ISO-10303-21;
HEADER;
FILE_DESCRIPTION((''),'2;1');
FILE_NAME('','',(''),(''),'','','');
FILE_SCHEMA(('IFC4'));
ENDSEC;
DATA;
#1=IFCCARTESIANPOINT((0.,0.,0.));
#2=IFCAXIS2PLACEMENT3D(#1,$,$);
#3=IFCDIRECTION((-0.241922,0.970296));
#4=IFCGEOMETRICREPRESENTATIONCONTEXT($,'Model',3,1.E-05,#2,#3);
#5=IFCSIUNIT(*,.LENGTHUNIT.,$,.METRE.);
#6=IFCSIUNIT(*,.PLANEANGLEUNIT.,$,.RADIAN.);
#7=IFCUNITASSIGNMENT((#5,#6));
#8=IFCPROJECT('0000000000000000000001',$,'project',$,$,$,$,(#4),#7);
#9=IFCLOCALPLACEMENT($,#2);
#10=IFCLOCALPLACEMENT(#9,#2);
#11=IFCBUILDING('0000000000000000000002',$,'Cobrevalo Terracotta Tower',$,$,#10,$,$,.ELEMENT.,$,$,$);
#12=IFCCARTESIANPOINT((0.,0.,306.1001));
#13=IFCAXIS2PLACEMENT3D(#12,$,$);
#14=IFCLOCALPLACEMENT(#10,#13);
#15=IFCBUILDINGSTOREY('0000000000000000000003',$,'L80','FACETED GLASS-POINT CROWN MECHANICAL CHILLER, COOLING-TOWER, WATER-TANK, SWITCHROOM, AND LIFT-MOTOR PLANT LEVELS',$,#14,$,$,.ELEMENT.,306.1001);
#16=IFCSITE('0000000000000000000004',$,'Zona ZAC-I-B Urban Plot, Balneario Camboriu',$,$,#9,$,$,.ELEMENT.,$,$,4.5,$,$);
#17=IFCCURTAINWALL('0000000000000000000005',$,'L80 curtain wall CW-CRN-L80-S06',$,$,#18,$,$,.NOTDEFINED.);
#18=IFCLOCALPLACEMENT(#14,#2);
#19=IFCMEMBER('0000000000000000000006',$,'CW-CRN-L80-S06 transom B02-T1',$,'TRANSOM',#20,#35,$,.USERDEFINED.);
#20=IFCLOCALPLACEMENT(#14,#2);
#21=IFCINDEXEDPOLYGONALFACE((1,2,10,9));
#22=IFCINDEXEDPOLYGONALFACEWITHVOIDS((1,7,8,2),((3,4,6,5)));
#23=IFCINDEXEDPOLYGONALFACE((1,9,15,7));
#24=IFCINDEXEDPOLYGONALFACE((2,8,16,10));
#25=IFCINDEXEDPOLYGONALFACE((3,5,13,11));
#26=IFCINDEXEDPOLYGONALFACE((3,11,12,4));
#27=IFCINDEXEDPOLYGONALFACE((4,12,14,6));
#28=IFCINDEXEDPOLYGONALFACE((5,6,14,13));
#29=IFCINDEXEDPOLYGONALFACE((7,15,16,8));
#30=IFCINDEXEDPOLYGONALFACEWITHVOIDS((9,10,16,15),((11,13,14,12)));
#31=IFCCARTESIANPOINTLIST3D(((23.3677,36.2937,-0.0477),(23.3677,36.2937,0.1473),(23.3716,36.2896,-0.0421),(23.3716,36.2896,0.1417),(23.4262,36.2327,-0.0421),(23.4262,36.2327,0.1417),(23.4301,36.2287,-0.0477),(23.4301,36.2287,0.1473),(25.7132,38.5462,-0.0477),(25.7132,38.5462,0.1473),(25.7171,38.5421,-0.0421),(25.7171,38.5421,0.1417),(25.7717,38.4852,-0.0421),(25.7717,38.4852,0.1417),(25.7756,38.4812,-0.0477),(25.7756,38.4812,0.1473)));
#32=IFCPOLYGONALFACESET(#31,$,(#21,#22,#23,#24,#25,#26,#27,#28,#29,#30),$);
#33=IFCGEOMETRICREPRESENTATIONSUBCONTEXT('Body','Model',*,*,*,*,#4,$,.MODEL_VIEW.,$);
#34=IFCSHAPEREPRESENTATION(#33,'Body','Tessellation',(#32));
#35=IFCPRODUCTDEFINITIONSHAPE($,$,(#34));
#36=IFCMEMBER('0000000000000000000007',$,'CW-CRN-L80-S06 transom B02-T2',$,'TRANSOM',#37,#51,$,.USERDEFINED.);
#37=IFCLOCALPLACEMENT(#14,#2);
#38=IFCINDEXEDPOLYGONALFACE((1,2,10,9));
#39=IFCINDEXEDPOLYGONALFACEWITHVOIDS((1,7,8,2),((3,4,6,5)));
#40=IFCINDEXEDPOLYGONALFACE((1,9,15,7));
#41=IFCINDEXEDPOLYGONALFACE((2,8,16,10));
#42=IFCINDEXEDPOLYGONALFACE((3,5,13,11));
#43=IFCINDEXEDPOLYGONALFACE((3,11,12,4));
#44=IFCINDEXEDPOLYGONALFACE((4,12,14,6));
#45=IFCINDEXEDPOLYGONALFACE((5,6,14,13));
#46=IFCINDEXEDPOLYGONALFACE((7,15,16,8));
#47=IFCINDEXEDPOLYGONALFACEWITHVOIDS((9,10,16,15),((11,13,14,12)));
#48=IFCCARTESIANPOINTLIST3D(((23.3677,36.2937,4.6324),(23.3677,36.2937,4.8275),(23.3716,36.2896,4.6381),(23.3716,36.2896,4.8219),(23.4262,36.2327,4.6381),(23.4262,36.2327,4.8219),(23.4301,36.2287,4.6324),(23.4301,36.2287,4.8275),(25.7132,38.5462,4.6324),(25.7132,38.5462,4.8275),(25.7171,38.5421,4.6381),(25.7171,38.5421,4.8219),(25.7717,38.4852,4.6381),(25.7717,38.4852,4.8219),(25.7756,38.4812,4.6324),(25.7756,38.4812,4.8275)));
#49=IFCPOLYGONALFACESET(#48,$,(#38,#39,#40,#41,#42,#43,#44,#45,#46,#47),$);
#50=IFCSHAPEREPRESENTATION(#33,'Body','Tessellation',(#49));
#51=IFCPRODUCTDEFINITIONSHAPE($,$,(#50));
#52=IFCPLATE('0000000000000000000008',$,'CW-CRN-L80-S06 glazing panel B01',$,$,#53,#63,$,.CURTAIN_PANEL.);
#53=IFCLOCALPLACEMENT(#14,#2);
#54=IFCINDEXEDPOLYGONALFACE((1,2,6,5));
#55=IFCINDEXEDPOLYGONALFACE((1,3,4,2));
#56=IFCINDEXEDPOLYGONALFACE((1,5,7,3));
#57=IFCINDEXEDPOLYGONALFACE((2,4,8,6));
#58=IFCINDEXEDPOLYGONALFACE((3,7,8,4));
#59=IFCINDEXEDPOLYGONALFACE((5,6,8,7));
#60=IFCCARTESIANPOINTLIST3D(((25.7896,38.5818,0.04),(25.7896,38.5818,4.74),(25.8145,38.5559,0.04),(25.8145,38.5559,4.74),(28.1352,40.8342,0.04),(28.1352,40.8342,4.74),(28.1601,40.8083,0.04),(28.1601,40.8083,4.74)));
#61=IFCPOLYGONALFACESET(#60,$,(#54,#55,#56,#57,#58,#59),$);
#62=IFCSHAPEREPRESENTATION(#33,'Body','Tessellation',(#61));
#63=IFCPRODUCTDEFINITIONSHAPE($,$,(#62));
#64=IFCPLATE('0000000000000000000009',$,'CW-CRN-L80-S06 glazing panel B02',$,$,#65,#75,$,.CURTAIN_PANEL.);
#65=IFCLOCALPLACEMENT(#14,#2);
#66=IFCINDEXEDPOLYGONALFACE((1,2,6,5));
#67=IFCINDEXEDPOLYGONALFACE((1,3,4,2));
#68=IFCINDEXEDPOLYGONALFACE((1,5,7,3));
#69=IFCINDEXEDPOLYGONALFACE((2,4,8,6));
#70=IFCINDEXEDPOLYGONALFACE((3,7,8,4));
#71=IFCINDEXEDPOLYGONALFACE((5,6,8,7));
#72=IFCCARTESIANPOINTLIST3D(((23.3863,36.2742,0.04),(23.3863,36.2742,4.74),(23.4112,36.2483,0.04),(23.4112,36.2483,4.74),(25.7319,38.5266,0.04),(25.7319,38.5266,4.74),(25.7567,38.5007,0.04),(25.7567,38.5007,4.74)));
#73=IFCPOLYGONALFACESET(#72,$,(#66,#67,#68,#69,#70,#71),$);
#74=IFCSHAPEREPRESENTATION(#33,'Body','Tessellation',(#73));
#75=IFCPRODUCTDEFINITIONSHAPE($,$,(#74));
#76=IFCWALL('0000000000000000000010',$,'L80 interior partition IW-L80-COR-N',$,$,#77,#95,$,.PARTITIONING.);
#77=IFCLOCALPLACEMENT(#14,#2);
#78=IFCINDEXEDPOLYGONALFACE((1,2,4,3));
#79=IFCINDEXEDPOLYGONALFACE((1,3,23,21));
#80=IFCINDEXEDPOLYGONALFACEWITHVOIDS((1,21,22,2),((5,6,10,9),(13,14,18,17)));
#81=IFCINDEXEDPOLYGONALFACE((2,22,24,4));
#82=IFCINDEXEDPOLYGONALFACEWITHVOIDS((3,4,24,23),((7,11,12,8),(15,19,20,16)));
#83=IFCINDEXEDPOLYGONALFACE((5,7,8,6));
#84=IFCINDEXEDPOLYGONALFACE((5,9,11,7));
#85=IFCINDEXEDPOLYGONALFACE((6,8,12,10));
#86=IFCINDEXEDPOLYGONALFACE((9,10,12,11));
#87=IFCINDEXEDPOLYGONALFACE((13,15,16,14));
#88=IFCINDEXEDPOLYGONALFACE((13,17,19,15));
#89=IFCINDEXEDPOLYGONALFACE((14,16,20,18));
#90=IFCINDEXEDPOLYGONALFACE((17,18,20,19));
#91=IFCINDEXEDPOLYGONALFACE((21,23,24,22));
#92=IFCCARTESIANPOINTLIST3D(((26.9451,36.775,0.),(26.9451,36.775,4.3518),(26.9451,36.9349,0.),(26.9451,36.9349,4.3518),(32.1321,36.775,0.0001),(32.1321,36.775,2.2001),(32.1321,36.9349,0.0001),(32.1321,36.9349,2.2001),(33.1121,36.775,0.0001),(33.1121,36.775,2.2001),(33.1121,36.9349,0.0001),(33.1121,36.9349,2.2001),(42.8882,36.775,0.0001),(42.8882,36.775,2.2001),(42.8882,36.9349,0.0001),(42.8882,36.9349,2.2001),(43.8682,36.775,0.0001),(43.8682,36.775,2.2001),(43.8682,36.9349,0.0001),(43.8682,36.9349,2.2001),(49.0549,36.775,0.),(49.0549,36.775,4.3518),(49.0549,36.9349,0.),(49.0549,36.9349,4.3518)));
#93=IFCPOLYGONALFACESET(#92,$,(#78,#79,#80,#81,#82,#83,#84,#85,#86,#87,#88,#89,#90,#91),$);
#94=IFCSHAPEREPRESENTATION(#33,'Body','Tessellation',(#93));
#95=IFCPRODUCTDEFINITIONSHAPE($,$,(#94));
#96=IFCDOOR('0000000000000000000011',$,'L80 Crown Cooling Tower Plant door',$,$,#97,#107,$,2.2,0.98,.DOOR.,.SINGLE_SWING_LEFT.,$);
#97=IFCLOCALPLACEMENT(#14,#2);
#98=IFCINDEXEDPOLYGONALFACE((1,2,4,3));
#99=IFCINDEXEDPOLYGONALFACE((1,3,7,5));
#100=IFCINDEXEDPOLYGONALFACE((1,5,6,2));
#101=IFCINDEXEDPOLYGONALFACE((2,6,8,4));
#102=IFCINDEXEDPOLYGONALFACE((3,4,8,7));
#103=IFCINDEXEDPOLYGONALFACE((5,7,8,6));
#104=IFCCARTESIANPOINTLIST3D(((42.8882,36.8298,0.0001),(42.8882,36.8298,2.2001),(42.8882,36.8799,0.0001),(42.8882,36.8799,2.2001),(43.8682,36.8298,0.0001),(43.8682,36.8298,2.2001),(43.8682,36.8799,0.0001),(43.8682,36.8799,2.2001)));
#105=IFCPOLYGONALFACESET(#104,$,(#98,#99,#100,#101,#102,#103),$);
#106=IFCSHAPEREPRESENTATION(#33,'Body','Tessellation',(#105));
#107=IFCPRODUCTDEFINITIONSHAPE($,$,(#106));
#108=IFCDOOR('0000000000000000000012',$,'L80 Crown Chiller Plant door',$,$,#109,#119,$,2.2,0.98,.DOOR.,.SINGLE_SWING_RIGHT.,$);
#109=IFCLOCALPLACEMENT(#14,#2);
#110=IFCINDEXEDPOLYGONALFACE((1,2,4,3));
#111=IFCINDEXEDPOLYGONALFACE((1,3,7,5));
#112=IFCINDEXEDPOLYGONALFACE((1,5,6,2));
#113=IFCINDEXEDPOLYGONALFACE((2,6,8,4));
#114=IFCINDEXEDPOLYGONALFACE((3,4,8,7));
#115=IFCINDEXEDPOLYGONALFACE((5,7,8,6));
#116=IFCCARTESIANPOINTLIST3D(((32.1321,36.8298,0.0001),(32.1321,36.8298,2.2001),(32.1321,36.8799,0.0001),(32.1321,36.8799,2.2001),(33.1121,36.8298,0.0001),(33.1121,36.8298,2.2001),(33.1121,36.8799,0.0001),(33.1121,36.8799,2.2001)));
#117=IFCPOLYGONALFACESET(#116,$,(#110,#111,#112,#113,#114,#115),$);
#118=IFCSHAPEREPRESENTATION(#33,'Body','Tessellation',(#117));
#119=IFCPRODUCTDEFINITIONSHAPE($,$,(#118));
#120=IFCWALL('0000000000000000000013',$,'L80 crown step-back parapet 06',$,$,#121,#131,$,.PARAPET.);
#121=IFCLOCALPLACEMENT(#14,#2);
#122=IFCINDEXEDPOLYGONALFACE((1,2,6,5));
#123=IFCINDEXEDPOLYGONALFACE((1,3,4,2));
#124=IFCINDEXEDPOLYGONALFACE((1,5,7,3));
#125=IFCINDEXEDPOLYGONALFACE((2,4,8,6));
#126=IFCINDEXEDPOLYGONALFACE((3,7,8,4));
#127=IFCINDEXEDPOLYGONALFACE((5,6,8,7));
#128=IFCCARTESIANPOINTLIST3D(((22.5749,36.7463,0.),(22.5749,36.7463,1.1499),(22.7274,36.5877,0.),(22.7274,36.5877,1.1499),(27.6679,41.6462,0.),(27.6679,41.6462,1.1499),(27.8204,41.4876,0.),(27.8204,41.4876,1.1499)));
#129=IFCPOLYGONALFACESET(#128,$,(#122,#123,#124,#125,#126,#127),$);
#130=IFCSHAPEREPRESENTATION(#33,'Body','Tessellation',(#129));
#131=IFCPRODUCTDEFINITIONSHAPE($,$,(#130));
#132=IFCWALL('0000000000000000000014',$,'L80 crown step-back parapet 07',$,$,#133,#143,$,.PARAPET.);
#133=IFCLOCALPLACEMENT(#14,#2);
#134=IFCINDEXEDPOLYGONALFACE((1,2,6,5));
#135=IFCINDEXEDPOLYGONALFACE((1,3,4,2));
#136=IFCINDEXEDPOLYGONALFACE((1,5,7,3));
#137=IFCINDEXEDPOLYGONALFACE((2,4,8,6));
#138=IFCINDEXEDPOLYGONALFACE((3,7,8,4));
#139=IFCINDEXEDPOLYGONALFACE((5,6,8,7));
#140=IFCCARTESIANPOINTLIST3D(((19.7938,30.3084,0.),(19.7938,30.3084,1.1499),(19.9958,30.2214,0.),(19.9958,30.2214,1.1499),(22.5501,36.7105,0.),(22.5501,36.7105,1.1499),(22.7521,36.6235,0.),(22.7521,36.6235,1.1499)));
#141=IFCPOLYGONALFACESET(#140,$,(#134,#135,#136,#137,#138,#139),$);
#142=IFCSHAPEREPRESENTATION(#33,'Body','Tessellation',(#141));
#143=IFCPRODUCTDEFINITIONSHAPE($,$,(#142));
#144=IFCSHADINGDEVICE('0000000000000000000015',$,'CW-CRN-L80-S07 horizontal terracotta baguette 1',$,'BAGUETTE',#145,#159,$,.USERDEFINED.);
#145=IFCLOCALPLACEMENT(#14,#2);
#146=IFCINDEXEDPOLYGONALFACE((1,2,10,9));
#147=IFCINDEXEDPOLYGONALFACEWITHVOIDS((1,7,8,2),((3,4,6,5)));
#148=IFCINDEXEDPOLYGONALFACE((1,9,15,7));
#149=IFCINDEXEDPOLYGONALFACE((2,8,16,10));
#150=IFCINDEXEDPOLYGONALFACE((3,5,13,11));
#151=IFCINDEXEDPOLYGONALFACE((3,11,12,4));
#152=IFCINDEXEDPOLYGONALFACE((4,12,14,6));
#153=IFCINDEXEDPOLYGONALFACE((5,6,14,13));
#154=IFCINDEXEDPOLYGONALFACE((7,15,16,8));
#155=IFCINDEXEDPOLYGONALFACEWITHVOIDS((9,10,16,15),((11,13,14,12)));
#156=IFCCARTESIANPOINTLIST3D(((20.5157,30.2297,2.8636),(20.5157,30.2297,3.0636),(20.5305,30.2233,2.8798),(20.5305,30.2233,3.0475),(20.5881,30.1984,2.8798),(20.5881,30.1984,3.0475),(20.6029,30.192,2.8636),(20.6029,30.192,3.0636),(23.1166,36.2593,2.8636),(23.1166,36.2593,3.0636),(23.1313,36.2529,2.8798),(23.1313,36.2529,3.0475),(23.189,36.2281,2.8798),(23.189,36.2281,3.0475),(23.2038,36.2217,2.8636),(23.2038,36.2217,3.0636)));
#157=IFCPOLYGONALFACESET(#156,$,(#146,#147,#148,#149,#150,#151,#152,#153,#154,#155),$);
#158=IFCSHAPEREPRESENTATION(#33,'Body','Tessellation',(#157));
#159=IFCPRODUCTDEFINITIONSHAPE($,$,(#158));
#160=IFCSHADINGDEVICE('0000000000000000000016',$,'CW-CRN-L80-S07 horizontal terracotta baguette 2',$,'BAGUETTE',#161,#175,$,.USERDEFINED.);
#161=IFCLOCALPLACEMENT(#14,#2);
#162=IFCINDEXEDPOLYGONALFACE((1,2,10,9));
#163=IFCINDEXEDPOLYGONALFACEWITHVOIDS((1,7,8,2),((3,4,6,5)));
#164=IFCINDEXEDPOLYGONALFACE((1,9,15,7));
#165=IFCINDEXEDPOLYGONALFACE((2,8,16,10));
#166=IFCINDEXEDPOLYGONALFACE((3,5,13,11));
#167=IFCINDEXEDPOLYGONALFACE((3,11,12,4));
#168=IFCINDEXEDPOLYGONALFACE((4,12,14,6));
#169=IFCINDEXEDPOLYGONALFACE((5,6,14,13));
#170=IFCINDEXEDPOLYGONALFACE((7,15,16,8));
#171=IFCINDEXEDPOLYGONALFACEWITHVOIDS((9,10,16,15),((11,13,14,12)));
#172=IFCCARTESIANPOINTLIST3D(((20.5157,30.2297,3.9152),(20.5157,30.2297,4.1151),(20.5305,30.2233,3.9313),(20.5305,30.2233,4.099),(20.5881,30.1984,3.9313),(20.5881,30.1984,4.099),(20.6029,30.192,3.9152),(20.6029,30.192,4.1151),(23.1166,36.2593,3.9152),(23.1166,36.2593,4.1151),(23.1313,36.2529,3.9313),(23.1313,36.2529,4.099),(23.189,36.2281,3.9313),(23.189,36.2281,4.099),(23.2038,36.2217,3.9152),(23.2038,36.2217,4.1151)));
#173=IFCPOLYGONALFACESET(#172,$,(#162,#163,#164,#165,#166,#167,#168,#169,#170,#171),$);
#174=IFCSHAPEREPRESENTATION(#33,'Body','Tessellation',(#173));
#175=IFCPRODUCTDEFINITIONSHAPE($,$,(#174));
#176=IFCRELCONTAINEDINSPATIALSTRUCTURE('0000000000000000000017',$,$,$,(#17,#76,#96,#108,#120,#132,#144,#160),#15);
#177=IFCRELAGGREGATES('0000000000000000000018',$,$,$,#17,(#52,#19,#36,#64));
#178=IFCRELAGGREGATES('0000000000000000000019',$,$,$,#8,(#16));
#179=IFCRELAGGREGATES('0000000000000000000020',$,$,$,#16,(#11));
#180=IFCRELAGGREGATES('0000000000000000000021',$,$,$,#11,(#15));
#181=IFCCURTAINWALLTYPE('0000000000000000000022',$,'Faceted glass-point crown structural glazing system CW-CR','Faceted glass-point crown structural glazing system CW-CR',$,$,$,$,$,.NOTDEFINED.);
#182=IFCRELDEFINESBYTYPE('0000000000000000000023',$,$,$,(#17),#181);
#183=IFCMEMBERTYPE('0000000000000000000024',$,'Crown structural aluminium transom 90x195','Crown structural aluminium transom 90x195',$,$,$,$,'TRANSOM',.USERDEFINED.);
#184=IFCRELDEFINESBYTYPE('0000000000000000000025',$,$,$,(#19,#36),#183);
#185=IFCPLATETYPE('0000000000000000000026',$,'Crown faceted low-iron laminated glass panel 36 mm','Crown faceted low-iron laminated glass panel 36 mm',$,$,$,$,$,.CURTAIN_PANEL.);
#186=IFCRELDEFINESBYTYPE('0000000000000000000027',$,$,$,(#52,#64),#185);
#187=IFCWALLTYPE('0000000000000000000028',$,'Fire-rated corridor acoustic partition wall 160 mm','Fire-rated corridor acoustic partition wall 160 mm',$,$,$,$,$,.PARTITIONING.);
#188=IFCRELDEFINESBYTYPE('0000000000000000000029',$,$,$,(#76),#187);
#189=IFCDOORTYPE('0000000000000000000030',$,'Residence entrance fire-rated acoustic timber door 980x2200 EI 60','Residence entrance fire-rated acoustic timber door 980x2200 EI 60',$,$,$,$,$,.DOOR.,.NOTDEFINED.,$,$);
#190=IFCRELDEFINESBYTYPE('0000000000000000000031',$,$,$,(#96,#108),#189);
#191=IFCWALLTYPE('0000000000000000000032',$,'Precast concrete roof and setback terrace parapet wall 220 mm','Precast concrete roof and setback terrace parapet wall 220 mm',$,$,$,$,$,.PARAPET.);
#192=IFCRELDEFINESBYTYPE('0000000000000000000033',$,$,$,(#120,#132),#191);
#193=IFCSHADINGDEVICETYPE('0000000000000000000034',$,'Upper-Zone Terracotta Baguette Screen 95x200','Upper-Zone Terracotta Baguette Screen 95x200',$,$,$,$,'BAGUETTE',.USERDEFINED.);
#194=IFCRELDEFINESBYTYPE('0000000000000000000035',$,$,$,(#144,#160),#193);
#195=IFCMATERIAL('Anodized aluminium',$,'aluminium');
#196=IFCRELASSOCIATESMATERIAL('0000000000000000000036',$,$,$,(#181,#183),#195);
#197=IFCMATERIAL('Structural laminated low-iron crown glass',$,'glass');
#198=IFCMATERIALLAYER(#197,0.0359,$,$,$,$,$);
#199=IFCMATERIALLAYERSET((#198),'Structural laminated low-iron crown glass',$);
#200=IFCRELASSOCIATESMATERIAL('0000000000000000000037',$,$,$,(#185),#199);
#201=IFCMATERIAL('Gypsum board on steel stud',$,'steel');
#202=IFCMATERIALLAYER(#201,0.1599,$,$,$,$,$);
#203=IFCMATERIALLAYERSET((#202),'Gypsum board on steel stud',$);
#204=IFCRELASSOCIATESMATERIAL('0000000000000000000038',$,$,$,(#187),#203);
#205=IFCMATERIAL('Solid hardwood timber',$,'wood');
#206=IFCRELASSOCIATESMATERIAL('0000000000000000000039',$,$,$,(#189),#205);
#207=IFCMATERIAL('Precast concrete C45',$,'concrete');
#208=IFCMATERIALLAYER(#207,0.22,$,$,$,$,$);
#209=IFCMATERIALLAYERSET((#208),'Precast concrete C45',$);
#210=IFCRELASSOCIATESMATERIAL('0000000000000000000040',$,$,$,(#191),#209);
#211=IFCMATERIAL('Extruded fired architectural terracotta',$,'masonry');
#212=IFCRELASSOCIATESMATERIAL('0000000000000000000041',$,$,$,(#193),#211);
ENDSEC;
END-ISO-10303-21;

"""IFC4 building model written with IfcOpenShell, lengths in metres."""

from ifc_helpers import new_model, si_unit, direction, frame, frame_2d, origin, origin_2d, place, context, subcontext, project, spatial, rectangle, hollow_rectangle, extrude, source, transform, mapped, material, layer, layer_set, material_profile, profile_set, type_object, element, fill, aggregate, save


model = new_model("IFC4")

# Units and contexts
model_context = context("Model", 3, precision=1e-05, world=origin(), true_north=direction((-0.241922, 0.970296)))
body_context = subcontext(model_context, "Body", "Model", "MODEL_VIEW")
ifc_project = project(units=[si_unit("LENGTHUNIT", "METRE"), si_unit("PLANEANGLEUNIT", "RADIAN")], contexts=[model_context])

# Site, building, storey
site_placement = place(None, origin())
site = spatial("IfcSite", under=ifc_project, at=site_placement, Name="Zona ZAC-I-B Urban Plot, Balneario Camboriu", CompositionType="ELEMENT", RefElevation=4.5)
building_placement = place(site_placement, origin())
building = spatial("IfcBuilding", under=site, at=building_placement, Name="Cobrevalo Terracotta Tower", CompositionType="ELEMENT")
storey_placement = place(building_placement, frame((0.0, 0.0, 306.1001)))
storey = spatial("IfcBuildingStorey", under=building, at=storey_placement, Name="L80", Description="FACETED GLASS-POINT CROWN MECHANICAL CHILLER, COOLING-TOWER, WATER-TANK, SWITCHROOM, AND LIFT-MOTOR PLANT LEVELS", CompositionType="ELEMENT", Elevation=306.1001)

# Shared definitions
ifc_material_1 = material(Name="Anodized aluminium", Category="aluminium")
curtain_wall_type = type_object("IfcCurtainWallType", Name="Faceted glass-point crown structural glazing system CW-CR", Description="Faceted glass-point crown structural glazing system CW-CR", PredefinedType="NOTDEFINED", material=ifc_material_1)

# Curtain wall
curtain_wall_1_placement = place(storey_placement, origin())
curtain_wall_1 = element("IfcCurtainWall", 1, at=curtain_wall_1_placement, inside=storey, type_object=curtain_wall_type, Name="L80 curtain wall CW-CRN-L80-S06", PredefinedType="NOTDEFINED")
ifc_material_profile_1 = material_profile(ifc_material_1, hollow_rectangle(XDim=0.0901, YDim=0.1951, WallThickness=0.0056, at=origin_2d()), Name="CWT 90x195")
ifc_profile_set_1 = profile_set([ifc_material_profile_1], Name="Anodized aluminium")
member_type_1 = type_object("IfcMemberType", Name="Crown structural aluminium transom 90x195", Description="Crown structural aluminium transom 90x195", ElementType="TRANSOM", PredefinedType="USERDEFINED", material=ifc_profile_set_1)

# Members
shared_shape_1 = source(origin(), body_context, "Body", "SweptSolid", [
    extrude(hollow_rectangle(XDim=0.0901, YDim=0.1951, WallThickness=0.0056, at=origin_2d()), origin(), (0.0, 0.0, 1.0), 3.252),
])
member_1_placement = place(storey_placement, frame((25.7444, 38.5137, 0.0498), z_axis=(-0.721264, -0.69266, 0.0), x_axis=(0.69266, -0.721264, 0.0)))
member_1 = element("IfcMember", 2, at=member_1_placement, type_object=member_type_1, Name="CW-CRN-L80-S06 transom B02-T1", ObjectType="TRANSOM", PredefinedType="USERDEFINED", context=body_context, shape_type="MappedRepresentation", body=[
    mapped(shared_shape_1, transform((0.0, 0.0, 0.0), scale=1.0)),
])
member_2_placement = place(storey_placement, frame((25.7444, 38.5137, 4.73), z_axis=(-0.721264, -0.69266, 0.0), x_axis=(0.69266, -0.721264, 0.0)))
member_2 = element("IfcMember", 3, at=member_2_placement, type_object=member_type_1, Name="CW-CRN-L80-S06 transom B02-T2", ObjectType="TRANSOM", PredefinedType="USERDEFINED", context=body_context, shape_type="MappedRepresentation", body=[
    mapped(shared_shape_1, transform((0.0, 0.0, 0.0), scale=1.0)),
])

# Plates
ifc_material_2 = material(Name="Structural laminated low-iron crown glass", Category="glass")
ifc_layer_1 = layer(ifc_material_2, 0.0359)
ifc_layer_set_1 = layer_set([ifc_layer_1], Name="Structural laminated low-iron crown glass")
plate_type = type_object("IfcPlateType", Name="Crown faceted low-iron laminated glass panel 36 mm", Description="Crown faceted low-iron laminated glass panel 36 mm", PredefinedType="CURTAIN_PANEL", material=ifc_layer_set_1)
shared_shape_2 = source(origin(), body_context, "Body", "SweptSolid", [
    extrude(rectangle(XDim=3.252, YDim=0.0359, at=origin_2d()), origin(), (0.0, 0.0, 1.0), 4.7),
])
plate_1_placement = place(storey_placement, frame((26.9749, 39.6951, 0.04), z_axis=(0.0, 0.0, 1.0), x_axis=(-0.72128, -0.692643, 0.0)))
plate_1 = element("IfcPlate", 4, at=plate_1_placement, type_object=plate_type, Name="CW-CRN-L80-S06 glazing panel B01", PredefinedType="CURTAIN_PANEL", context=body_context, shape_type="MappedRepresentation", body=[
    mapped(shared_shape_2, transform((0.0, 0.0, 0.0), scale=1.0)),
])
plate_2_placement = place(storey_placement, frame((24.5715, 37.3875, 0.04), z_axis=(0.0, 0.0, 1.0), x_axis=(-0.72128, -0.692643, 0.0)))
plate_2 = element("IfcPlate", 5, at=plate_2_placement, type_object=plate_type, Name="CW-CRN-L80-S06 glazing panel B02", PredefinedType="CURTAIN_PANEL", context=body_context, shape_type="MappedRepresentation", body=[
    mapped(shared_shape_2, transform((0.0, 0.0, 0.0), scale=1.0)),
])
aggregate(curtain_wall_1, [plate_1, member_1, member_2, plate_2])

# Wall, openings, doors
ifc_material_3 = material(Name="Gypsum board on steel stud", Category="steel")
ifc_layer_2 = layer(ifc_material_3, 0.1599)
ifc_layer_set_2 = layer_set([ifc_layer_2], Name="Gypsum board on steel stud")
wall_type_1 = type_object("IfcWallType", Name="Fire-rated corridor acoustic partition wall 160 mm", Description="Fire-rated corridor acoustic partition wall 160 mm", PredefinedType="PARTITIONING", material=ifc_layer_set_2)
wall_1_placement = place(storey_placement, frame((26.9451, 36.855, 0.0), z_axis=(0.0, 0.0, 1.0), x_axis=(1.0, 0.0, 0.0)))
wall_1 = element("IfcWall", 6, at=wall_1_placement, inside=storey, type_object=wall_type_1, Name="L80 interior partition IW-L80-COR-N", PredefinedType="PARTITIONING", context=body_context, shape_type="SweptSolid", body=[
    extrude(rectangle(XDim=22.1099, YDim=0.1599, at=frame_2d((11.0549, 0.0))), origin(), (0.0, 0.0, 1.0), 4.3518),
])
opening_1_placement = place(wall_1_placement, frame((15.9431, 0.0, 0.0)))
opening_1 = element("IfcOpeningElement", 7, at=opening_1_placement, cuts=wall_1, PredefinedType="OPENING", context=body_context, shape_type="SweptSolid", body=[
    extrude(rectangle(XDim=0.98, YDim=2.2, at=frame_2d((0.49, 1.1001))), frame((0.0, 0.0898, 0.0), z_axis=(0.0, -1.0, 0.0), x_axis=(1.0, 0.0, 0.0)), (0.0, 0.0, 1.0), 0.1799),
])
opening_2_placement = place(wall_1_placement, frame((5.187, 0.0, 0.0)))
opening_2 = element("IfcOpeningElement", 8, at=opening_2_placement, cuts=wall_1, PredefinedType="OPENING", context=body_context, shape_type="SweptSolid", body=[
    extrude(rectangle(XDim=0.98, YDim=2.2, at=frame_2d((0.49, 1.1001))), frame((0.0, 0.0898, 0.0), z_axis=(0.0, -1.0, 0.0), x_axis=(1.0, 0.0, 0.0)), (0.0, 0.0, 1.0), 0.1799),
])
ifc_material_4 = material(Name="Solid hardwood timber", Category="wood")
door_type = type_object("IfcDoorType", Name="Residence entrance fire-rated acoustic timber door 980x2200 EI 60", Description="Residence entrance fire-rated acoustic timber door 980x2200 EI 60", OperationType="NOTDEFINED", PredefinedType="DOOR", material=ifc_material_4)
shared_shape_3 = source(origin(), body_context, "Body", "SweptSolid", [
    extrude(rectangle(XDim=0.98, YDim=2.2, at=frame_2d((0.49, 1.1001))), frame((0.0, 0.0249, 0.0), z_axis=(0.0, -1.0, 0.0), x_axis=(1.0, 0.0, 0.0)), (0.0, 0.0, 1.0), 0.05),
])
door_1_placement = place(opening_1_placement, origin())
door_1 = element("IfcDoor", 9, at=door_1_placement, inside=storey, type_object=door_type, Name="L80 Crown Cooling Tower Plant door", OperationType="SINGLE_SWING_LEFT", OverallHeight=2.2, OverallWidth=0.98, PredefinedType="DOOR", context=body_context, shape_type="MappedRepresentation", body=[
    mapped(shared_shape_3, transform((0.0, 0.0, 0.0), scale=1.0)),
])
fill(opening_1, door_1)
door_2_placement = place(opening_2_placement, origin())
door_2 = element("IfcDoor", 10, at=door_2_placement, inside=storey, type_object=door_type, Name="L80 Crown Chiller Plant door", OperationType="SINGLE_SWING_RIGHT", OverallHeight=2.2, OverallWidth=0.98, PredefinedType="DOOR", context=body_context, shape_type="MappedRepresentation", body=[
    mapped(shared_shape_3, transform((0.0, 0.0, 0.0), scale=1.0)),
])
fill(opening_2, door_2)

# Walls
ifc_material_5 = material(Name="Precast concrete C45", Category="concrete")
ifc_layer_3 = layer(ifc_material_5, 0.22)
ifc_layer_set_3 = layer_set([ifc_layer_3], Name="Precast concrete C45")
wall_type_2 = type_object("IfcWallType", Name="Precast concrete roof and setback terrace parapet wall 220 mm", Description="Precast concrete roof and setback terrace parapet wall 220 mm", PredefinedType="PARAPET", material=ifc_layer_set_3)
wall_2_placement = place(storey_placement, frame((27.7441, 41.5669, 0.0), z_axis=(0.0, 0.0, 1.0), x_axis=(-0.720637, -0.693312, 0.0)))
element("IfcWall", 11, at=wall_2_placement, inside=storey, type_object=wall_type_2, Name="L80 crown step-back parapet 06", PredefinedType="PARAPET", context=body_context, shape_type="SweptSolid", body=[
    extrude(rectangle(XDim=7.0674, YDim=0.22, at=frame_2d((3.5337, 0.0))), origin(), (0.0, 0.0, 1.0), 1.1499),
])
wall_3_placement = place(storey_placement, frame((22.6511, 36.667, 0.0), z_axis=(0.0, 0.0, 1.0), x_axis=(-0.395445, -0.91849, 0.0)))
element("IfcWall", 12, at=wall_3_placement, inside=storey, type_object=wall_type_2, Name="L80 crown step-back parapet 07", PredefinedType="PARAPET", context=body_context, shape_type="SweptSolid", body=[
    extrude(rectangle(XDim=6.9702, YDim=0.22, at=frame_2d((3.4851, 0.0))), origin(), (0.0, 0.0, 1.0), 1.1499),
])

# Shading devices
ifc_material_6 = material(Name="Extruded fired architectural terracotta", Category="masonry")
ifc_material_profile_2 = material_profile(ifc_material_6, hollow_rectangle(XDim=0.095, YDim=0.2, WallThickness=0.0161, at=origin_2d()), Name="BAGUETTE 95x200")
ifc_profile_set_2 = profile_set([ifc_material_profile_2], Name="Extruded fired architectural terracotta")
shading_device_type = type_object("IfcShadingDeviceType", Name="Upper-Zone Terracotta Baguette Screen 95x200", Description="Upper-Zone Terracotta Baguette Screen 95x200", ElementType="BAGUETTE", PredefinedType="USERDEFINED", material=ifc_profile_set_2)
shared_shape_4 = source(origin(), body_context, "Body", "SweptSolid", [
    extrude(hollow_rectangle(XDim=0.095, YDim=0.2, WallThickness=0.0161, at=origin_2d()), origin(), (0.0, 0.0, 1.0), 6.5667),
])
for number, where, z_axis, x_axis, name in (
    (13, (23.1602, 36.2405, 2.9636), (-0.396072, -0.918219, 0.0), (0.918219, -0.396072, 0.0), "CW-CRN-L80-S07 horizontal terracotta baguette 1"),
    (14, (23.1602, 36.2405, 4.0151), (-0.396072, -0.918219, 0.0), (0.918219, -0.396072, 0.0), "CW-CRN-L80-S07 horizontal terracotta baguette 2"),
):
    element("IfcShadingDevice", number, at=place(storey_placement, frame(where, z_axis=z_axis, x_axis=x_axis)), inside=storey, type_object=shading_device_type, Name=name, ObjectType="BAGUETTE", PredefinedType="USERDEFINED", context=body_context, shape_type="MappedRepresentation", body=[
        mapped(shared_shape_4, transform((0.0, 0.0, 0.0), scale=1.0)),
    ])

save(model, "model.ifc")
